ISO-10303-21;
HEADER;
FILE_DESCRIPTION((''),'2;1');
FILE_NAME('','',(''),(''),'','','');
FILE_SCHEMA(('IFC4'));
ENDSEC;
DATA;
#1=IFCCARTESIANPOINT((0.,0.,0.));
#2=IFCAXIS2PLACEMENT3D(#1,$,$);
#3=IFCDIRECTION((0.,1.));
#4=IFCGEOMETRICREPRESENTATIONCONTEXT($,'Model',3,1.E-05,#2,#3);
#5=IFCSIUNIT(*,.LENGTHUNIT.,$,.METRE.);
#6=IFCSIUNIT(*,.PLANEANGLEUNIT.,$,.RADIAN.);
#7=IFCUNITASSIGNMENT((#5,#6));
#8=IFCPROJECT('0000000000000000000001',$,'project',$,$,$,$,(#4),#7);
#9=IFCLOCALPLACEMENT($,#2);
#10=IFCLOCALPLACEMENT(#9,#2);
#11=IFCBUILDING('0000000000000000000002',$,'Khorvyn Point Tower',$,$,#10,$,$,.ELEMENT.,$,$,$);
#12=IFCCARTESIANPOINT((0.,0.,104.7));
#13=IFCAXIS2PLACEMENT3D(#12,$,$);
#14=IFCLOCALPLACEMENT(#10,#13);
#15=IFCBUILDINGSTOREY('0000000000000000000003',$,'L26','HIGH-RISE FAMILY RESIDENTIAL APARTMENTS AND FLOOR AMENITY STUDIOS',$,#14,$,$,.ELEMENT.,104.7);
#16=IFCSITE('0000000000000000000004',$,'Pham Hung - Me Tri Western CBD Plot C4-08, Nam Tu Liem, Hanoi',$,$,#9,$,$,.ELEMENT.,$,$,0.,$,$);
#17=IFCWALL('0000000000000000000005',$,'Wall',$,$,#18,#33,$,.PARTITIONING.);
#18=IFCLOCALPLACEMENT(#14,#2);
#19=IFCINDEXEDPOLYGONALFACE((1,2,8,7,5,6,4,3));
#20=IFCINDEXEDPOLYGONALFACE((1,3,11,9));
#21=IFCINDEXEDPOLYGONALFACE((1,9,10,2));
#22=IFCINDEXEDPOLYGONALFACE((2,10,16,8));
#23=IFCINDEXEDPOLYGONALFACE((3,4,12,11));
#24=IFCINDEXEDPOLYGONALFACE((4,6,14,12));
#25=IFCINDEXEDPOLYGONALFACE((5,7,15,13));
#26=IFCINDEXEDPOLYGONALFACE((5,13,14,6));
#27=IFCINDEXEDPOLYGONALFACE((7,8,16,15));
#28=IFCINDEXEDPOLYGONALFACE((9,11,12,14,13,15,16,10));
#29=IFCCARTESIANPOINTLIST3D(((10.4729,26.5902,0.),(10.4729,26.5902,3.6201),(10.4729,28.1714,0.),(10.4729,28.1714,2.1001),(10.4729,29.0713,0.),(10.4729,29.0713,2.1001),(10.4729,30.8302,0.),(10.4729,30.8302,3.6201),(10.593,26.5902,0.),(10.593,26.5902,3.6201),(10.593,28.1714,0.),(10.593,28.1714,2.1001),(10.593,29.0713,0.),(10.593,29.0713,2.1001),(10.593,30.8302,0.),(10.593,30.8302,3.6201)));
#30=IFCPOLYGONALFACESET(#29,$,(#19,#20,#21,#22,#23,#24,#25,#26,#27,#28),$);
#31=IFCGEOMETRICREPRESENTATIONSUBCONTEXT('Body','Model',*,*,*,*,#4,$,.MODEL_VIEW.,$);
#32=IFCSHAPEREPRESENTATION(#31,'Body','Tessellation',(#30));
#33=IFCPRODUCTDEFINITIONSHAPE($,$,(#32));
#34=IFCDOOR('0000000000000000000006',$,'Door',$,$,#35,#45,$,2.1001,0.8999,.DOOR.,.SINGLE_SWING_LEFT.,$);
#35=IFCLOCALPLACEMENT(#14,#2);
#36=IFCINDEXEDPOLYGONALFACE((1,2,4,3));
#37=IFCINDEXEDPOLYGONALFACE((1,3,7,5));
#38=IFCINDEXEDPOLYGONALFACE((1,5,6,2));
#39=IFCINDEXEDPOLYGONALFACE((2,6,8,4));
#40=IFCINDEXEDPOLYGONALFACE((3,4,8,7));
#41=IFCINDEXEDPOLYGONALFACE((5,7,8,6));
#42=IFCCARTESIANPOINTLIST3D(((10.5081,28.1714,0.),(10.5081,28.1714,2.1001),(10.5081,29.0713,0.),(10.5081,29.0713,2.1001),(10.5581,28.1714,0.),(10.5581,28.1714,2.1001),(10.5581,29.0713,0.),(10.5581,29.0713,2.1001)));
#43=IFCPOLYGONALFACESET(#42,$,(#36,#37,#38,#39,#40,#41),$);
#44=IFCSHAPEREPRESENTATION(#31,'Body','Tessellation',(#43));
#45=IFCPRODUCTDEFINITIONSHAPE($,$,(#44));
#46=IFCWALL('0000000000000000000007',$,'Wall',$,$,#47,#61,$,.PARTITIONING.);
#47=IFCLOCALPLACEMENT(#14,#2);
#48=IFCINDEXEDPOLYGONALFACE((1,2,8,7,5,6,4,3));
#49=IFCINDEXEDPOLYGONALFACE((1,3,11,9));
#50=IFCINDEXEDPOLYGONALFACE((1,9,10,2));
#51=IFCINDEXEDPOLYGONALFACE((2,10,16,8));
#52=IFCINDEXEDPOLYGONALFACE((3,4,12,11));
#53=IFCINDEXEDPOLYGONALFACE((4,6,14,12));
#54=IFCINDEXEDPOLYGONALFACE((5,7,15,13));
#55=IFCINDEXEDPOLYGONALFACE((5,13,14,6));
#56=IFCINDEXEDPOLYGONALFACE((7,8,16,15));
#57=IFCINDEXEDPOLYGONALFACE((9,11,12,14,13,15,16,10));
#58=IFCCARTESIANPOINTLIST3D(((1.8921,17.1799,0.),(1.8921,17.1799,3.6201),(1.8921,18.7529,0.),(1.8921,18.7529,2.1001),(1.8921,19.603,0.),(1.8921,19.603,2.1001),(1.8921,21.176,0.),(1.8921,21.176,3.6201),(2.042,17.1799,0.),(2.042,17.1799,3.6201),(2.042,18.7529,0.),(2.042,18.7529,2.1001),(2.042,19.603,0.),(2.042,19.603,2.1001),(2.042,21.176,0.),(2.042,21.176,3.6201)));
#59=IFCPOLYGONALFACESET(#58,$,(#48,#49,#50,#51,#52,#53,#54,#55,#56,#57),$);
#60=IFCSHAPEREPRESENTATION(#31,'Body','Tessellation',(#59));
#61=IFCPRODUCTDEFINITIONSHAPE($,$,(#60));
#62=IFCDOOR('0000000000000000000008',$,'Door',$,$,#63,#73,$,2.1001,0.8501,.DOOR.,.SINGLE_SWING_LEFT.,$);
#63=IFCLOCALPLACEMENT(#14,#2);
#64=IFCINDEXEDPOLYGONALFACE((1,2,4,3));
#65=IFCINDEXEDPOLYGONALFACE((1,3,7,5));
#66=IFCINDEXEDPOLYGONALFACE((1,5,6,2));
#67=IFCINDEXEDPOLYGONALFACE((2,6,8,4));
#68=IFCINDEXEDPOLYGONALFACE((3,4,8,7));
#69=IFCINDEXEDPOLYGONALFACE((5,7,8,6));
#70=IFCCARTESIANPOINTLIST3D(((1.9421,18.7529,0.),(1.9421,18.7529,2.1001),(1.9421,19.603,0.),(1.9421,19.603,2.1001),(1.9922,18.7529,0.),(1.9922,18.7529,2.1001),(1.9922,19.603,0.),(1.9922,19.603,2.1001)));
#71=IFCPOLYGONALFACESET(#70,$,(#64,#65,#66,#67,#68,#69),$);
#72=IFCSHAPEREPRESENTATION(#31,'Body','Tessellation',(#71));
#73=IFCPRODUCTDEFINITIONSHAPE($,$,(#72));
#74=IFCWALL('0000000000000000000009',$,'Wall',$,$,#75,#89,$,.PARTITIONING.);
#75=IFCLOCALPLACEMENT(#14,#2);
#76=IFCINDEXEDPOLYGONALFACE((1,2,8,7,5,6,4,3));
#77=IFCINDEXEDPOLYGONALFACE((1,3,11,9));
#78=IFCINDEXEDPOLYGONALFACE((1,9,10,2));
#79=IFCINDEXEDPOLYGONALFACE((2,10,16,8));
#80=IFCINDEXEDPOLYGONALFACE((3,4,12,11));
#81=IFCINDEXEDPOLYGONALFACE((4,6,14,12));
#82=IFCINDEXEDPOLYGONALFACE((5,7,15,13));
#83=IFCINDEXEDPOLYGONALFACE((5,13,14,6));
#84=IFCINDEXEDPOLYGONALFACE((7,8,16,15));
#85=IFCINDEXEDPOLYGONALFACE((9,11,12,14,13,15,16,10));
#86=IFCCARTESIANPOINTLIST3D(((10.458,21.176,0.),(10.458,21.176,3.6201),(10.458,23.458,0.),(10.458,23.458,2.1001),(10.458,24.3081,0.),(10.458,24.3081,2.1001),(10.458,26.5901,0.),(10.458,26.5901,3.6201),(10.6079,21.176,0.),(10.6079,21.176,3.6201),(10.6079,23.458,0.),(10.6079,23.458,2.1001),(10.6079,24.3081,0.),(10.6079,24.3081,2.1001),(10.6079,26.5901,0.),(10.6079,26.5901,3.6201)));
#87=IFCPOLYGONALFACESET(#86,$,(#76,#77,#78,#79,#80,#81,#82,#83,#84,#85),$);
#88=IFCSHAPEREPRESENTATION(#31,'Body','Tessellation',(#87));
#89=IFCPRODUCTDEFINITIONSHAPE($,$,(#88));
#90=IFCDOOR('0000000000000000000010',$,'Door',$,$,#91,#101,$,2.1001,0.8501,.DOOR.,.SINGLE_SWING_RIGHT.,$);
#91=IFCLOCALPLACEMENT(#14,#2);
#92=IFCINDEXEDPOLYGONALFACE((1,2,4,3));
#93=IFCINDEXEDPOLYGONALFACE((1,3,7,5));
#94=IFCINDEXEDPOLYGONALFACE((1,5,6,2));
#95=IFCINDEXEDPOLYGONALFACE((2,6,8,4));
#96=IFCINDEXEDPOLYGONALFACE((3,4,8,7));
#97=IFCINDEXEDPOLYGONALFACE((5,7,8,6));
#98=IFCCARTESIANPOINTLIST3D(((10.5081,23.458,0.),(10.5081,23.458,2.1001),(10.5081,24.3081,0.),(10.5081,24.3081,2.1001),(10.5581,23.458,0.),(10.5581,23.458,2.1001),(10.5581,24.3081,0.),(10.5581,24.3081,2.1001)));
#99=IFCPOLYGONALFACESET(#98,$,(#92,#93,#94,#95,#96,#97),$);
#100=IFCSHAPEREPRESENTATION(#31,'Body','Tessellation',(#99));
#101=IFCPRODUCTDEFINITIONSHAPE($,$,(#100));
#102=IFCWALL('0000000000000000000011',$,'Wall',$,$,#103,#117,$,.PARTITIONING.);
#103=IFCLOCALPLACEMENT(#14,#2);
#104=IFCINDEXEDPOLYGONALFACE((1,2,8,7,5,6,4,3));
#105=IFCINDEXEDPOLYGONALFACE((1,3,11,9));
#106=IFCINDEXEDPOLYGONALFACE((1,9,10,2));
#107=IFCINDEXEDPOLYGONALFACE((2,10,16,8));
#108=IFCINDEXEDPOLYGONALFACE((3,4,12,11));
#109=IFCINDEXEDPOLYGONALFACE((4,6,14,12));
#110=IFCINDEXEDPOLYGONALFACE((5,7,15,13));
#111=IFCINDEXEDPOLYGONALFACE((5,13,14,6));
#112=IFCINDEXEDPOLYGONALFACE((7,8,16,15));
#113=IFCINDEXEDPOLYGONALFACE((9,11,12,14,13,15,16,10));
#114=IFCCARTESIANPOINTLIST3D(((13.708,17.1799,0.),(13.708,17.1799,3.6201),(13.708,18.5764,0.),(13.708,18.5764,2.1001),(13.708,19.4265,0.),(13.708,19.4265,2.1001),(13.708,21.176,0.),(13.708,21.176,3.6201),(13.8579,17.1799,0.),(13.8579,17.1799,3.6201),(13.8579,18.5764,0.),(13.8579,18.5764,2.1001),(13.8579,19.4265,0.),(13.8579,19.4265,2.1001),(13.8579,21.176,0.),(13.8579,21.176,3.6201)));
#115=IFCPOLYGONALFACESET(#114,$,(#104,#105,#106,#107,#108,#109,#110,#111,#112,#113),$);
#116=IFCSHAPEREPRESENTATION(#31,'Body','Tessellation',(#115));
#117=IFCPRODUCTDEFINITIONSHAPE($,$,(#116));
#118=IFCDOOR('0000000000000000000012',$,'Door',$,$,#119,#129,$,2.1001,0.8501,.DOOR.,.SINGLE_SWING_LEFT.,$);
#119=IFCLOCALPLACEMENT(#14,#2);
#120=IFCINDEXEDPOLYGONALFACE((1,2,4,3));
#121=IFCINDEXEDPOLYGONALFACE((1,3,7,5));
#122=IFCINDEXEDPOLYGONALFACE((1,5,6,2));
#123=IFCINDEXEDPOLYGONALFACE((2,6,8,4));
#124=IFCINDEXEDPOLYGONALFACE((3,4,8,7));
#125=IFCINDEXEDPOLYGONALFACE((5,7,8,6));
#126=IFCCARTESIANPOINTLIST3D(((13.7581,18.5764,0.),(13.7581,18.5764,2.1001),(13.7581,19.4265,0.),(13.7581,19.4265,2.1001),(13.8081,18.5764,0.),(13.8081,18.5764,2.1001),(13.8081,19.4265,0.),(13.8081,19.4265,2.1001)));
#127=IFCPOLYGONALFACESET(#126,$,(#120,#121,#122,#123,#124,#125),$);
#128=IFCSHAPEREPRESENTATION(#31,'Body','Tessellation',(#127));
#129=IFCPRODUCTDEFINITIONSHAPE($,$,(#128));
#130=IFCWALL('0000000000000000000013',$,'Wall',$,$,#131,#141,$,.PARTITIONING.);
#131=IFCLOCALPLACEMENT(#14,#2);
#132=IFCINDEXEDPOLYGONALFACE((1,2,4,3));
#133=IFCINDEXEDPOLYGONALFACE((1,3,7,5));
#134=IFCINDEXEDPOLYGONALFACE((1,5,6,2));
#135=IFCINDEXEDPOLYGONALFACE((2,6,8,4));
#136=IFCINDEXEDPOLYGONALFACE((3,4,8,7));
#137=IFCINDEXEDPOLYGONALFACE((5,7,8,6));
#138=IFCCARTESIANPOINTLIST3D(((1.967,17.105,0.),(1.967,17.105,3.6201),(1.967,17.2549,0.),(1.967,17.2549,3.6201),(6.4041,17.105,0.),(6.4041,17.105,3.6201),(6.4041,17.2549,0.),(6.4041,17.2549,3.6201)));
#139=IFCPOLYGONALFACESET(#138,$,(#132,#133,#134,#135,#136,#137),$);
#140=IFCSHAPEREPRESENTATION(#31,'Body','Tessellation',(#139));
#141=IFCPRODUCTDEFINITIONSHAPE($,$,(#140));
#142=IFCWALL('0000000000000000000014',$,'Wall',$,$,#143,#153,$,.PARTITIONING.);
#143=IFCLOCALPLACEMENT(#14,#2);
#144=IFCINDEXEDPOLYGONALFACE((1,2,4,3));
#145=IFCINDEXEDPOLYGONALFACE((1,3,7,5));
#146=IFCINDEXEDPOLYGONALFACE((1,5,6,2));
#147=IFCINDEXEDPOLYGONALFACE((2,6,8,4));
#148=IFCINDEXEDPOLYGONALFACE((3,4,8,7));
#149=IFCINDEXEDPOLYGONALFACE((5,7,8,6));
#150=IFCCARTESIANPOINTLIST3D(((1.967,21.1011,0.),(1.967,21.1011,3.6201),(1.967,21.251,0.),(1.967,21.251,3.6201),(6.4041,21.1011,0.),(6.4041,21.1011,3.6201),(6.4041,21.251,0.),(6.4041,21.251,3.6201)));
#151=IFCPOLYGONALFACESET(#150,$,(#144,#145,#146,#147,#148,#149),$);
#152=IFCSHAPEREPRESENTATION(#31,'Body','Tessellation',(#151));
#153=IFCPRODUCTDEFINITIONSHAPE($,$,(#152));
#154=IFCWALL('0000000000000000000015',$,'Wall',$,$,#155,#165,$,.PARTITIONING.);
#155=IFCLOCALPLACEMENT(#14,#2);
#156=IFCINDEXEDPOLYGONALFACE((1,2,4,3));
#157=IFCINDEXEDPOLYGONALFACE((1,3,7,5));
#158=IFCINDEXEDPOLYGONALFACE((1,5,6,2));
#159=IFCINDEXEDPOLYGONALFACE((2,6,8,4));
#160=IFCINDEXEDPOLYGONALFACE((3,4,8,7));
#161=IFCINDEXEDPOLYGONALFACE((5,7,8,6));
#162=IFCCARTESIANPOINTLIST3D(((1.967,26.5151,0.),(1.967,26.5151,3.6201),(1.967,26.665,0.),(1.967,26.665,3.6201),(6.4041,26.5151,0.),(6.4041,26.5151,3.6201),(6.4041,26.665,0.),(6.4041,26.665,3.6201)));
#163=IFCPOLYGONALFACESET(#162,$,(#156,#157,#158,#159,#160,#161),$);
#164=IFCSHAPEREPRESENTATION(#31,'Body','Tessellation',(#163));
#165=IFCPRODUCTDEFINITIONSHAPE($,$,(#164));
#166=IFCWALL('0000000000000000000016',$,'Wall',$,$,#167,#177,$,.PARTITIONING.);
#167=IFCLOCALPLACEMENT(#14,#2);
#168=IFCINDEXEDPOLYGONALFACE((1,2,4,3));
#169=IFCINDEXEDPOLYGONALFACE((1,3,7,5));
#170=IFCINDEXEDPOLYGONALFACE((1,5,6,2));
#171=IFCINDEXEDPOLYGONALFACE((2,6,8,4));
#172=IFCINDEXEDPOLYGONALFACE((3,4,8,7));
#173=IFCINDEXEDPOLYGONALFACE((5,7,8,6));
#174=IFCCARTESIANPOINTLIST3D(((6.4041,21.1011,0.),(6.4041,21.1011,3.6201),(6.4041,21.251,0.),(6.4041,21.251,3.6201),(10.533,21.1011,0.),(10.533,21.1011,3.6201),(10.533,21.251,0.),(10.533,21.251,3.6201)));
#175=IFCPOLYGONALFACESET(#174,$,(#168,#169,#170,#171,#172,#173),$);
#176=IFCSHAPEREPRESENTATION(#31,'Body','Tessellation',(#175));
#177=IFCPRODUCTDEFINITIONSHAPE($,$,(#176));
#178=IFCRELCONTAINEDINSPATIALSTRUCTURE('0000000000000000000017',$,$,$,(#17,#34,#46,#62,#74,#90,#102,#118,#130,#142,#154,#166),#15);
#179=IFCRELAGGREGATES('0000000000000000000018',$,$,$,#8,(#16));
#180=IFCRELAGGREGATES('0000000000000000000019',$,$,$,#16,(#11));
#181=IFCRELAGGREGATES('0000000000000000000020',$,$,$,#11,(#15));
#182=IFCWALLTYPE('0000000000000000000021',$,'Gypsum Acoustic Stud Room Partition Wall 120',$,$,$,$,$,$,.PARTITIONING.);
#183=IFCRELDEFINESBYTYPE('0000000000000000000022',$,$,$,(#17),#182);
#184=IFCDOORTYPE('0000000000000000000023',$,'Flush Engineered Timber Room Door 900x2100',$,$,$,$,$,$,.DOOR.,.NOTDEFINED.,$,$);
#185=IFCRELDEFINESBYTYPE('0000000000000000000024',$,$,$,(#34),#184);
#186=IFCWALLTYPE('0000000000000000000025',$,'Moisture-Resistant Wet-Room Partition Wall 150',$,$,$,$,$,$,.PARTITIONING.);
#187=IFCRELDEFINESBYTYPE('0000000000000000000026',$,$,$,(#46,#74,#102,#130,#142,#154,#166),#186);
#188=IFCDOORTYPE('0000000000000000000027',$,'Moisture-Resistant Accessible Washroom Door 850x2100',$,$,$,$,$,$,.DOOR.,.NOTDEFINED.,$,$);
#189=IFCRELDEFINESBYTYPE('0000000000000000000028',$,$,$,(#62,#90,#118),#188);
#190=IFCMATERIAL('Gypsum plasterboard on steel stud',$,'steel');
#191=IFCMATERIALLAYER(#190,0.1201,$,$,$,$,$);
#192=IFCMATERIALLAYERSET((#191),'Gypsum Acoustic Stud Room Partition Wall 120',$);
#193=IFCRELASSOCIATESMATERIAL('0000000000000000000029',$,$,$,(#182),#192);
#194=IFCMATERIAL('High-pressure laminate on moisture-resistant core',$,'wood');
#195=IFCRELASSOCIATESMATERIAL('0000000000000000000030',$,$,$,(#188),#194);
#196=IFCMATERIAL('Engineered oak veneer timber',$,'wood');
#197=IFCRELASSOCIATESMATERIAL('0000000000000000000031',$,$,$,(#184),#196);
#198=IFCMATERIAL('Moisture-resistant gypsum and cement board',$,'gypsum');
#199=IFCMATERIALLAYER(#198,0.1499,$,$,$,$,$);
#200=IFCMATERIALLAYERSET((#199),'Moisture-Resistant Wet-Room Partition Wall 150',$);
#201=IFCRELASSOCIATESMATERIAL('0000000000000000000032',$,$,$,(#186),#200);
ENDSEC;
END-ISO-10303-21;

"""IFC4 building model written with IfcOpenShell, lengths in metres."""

from ifc_helpers import new_model, si_unit, direction, frame, frame_2d, origin, place, context, subcontext, project, spatial, rectangle, extrude, material, layer, layer_set, type_object, element, fill, save


model = new_model("IFC4")

# Units and contexts
model_context = context("Model", 3, precision=1e-05, world=origin(), true_north=direction((0.0, 1.0)))
body_context = subcontext(model_context, "Body", "Model", "MODEL_VIEW")
ifc_project = project(units=[si_unit("LENGTHUNIT", "METRE"), si_unit("PLANEANGLEUNIT", "RADIAN")], contexts=[model_context])

# Site, building, storey
site_placement = place(None, origin())
site = spatial("IfcSite", under=ifc_project, at=site_placement, Name="Pham Hung - Me Tri Western CBD Plot C4-08, Nam Tu Liem, Hanoi", CompositionType="ELEMENT", RefElevation=0.0)
building_placement = place(site_placement, origin())
building = spatial("IfcBuilding", under=site, at=building_placement, Name="Khorvyn Point Tower", CompositionType="ELEMENT")
storey_placement = place(building_placement, frame((0.0, 0.0, 104.7)))
storey = spatial("IfcBuildingStorey", under=building, at=storey_placement, Name="L26", Description="HIGH-RISE FAMILY RESIDENTIAL APARTMENTS AND FLOOR AMENITY STUDIOS", CompositionType="ELEMENT", Elevation=104.7)

# Walls, openings, doors
ifc_material_1 = material(Name="Gypsum plasterboard on steel stud", Category="steel")
ifc_layer_1 = layer(ifc_material_1, 0.1201)
ifc_layer_set_1 = layer_set([ifc_layer_1], Name="Gypsum Acoustic Stud Room Partition Wall 120")
wall_type_1 = type_object("IfcWallType", Name="Gypsum Acoustic Stud Room Partition Wall 120", PredefinedType="PARTITIONING", material=ifc_layer_set_1)
ifc_material_2 = material(Name="High-pressure laminate on moisture-resistant core", Category="wood")
door_type_1 = type_object("IfcDoorType", Name="Moisture-Resistant Accessible Washroom Door 850x2100", OperationType="NOTDEFINED", PredefinedType="DOOR", material=ifc_material_2)
ifc_material_3 = material(Name="Engineered oak veneer timber", Category="wood")
door_type_2 = type_object("IfcDoorType", Name="Flush Engineered Timber Room Door 900x2100", OperationType="NOTDEFINED", PredefinedType="DOOR", material=ifc_material_3)
wall_1_placement = place(storey_placement, frame((10.533, 26.5901, 0.0), z_axis=(0.0, 0.0, 1.0), x_axis=(0.0, 1.0, 0.0)))
wall_1 = element("IfcWall", 1, at=wall_1_placement, inside=storey, type_object=wall_type_1, Name="Wall", PredefinedType="PARTITIONING", context=body_context, shape_type="SweptSolid", body=[
    extrude(rectangle(XDim=4.24, YDim=0.1201, at=frame_2d((2.1201, 0.0))), origin(), (0.0, 0.0, 1.0), 3.6201),
])
opening_1_placement = place(wall_1_placement, frame((1.5813, 0.0, 0.0)))
opening_1 = element("IfcOpeningElement", 2, at=opening_1_placement, cuts=wall_1, PredefinedType="OPENING", context=body_context, shape_type="SweptSolid", body=[
    extrude(rectangle(XDim=0.8999, YDim=2.1001, at=frame_2d((0.45, 1.05))), frame((0.0, 0.0701, 0.0), z_axis=(0.0, -1.0, 0.0), x_axis=(1.0, 0.0, 0.0)), (0.0, 0.0, 1.0), 0.1401),
])
door_1_placement = place(opening_1_placement, origin())
door_1 = element("IfcDoor", 3, at=door_1_placement, inside=storey, type_object=door_type_2, Name="Door", OperationType="SINGLE_SWING_LEFT", OverallHeight=2.1001, OverallWidth=0.8999, PredefinedType="DOOR", context=body_context, shape_type="SweptSolid", body=[
    extrude(rectangle(XDim=0.8999, YDim=2.1001, at=frame_2d((0.45, 1.05))), frame((0.0, 0.0249, 0.0), z_axis=(0.0, -1.0, 0.0), x_axis=(1.0, 0.0, 0.0)), (0.0, 0.0, 1.0), 0.05),
])
fill(opening_1, door_1)
ifc_material_4 = material(Name="Moisture-resistant gypsum and cement board", Category="gypsum")
ifc_layer_2 = layer(ifc_material_4, 0.1499)
ifc_layer_set_2 = layer_set([ifc_layer_2], Name="Moisture-Resistant Wet-Room Partition Wall 150")
wall_type_2 = type_object("IfcWallType", Name="Moisture-Resistant Wet-Room Partition Wall 150", PredefinedType="PARTITIONING", material=ifc_layer_set_2)
wall_2_placement = place(storey_placement, frame((1.967, 17.1799, 0.0), z_axis=(0.0, 0.0, 1.0), x_axis=(0.0, 1.0, 0.0)))
wall_2 = element("IfcWall", 4, at=wall_2_placement, inside=storey, type_object=wall_type_2, Name="Wall", PredefinedType="PARTITIONING", context=body_context, shape_type="SweptSolid", body=[
    extrude(rectangle(XDim=3.9961, YDim=0.1499, at=frame_2d((1.998, 0.0))), origin(), (0.0, 0.0, 1.0), 3.6201),
])
opening_2_placement = place(wall_2_placement, frame((1.573, 0.0, 0.0)))
opening_2 = element("IfcOpeningElement", 5, at=opening_2_placement, cuts=wall_2, PredefinedType="OPENING", context=body_context, shape_type="SweptSolid", body=[
    extrude(rectangle(XDim=0.8501, YDim=2.1001, at=frame_2d((0.425, 1.05))), frame((0.0, 0.085, 0.0), z_axis=(0.0, -1.0, 0.0), x_axis=(1.0, 0.0, 0.0)), (0.0, 0.0, 1.0), 0.1699),
])
door_2_placement = place(opening_2_placement, origin())
door_2 = element("IfcDoor", 6, at=door_2_placement, inside=storey, type_object=door_type_1, Name="Door", OperationType="SINGLE_SWING_LEFT", OverallHeight=2.1001, OverallWidth=0.8501, PredefinedType="DOOR", context=body_context, shape_type="SweptSolid", body=[
    extrude(rectangle(XDim=0.8501, YDim=2.1001, at=frame_2d((0.425, 1.05))), frame((0.0, 0.0249, 0.0), z_axis=(0.0, -1.0, 0.0), x_axis=(1.0, 0.0, 0.0)), (0.0, 0.0, 1.0), 0.05),
])
fill(opening_2, door_2)
wall_3_placement = place(storey_placement, frame((10.533, 21.176, 0.0), z_axis=(0.0, 0.0, 1.0), x_axis=(0.0, 1.0, 0.0)))
wall_3 = element("IfcWall", 7, at=wall_3_placement, inside=storey, type_object=wall_type_2, Name="Wall", PredefinedType="PARTITIONING", context=body_context, shape_type="SweptSolid", body=[
    extrude(rectangle(XDim=5.4141, YDim=0.1499, at=frame_2d((2.707, 0.0))), origin(), (0.0, 0.0, 1.0), 3.6201),
])
opening_3_placement = place(wall_3_placement, frame((2.282, 0.0, 0.0)))
opening_3 = element("IfcOpeningElement", 8, at=opening_3_placement, cuts=wall_3, PredefinedType="OPENING", context=body_context, shape_type="SweptSolid", body=[
    extrude(rectangle(XDim=0.8501, YDim=2.1001, at=frame_2d((0.425, 1.05))), frame((0.0, 0.085, 0.0), z_axis=(0.0, -1.0, 0.0), x_axis=(1.0, 0.0, 0.0)), (0.0, 0.0, 1.0), 0.1699),
])
door_3_placement = place(opening_3_placement, origin())
door_3 = element("IfcDoor", 9, at=door_3_placement, inside=storey, type_object=door_type_1, Name="Door", OperationType="SINGLE_SWING_RIGHT", OverallHeight=2.1001, OverallWidth=0.8501, PredefinedType="DOOR", context=body_context, shape_type="SweptSolid", body=[
    extrude(rectangle(XDim=0.8501, YDim=2.1001, at=frame_2d((0.425, 1.05))), frame((0.0, 0.0249, 0.0), z_axis=(0.0, -1.0, 0.0), x_axis=(1.0, 0.0, 0.0)), (0.0, 0.0, 1.0), 0.05),
])
fill(opening_3, door_3)
wall_4_placement = place(storey_placement, frame((13.783, 17.1799, 0.0), z_axis=(0.0, 0.0, 1.0), x_axis=(0.0, 1.0, 0.0)))
wall_4 = element("IfcWall", 10, at=wall_4_placement, inside=storey, type_object=wall_type_2, Name="Wall", PredefinedType="PARTITIONING", context=body_context, shape_type="SweptSolid", body=[
    extrude(rectangle(XDim=3.9961, YDim=0.1499, at=frame_2d((1.998, 0.0))), origin(), (0.0, 0.0, 1.0), 3.6201),
])
opening_4_placement = place(wall_4_placement, frame((1.3965, 0.0, 0.0)))
opening_4 = element("IfcOpeningElement", 11, at=opening_4_placement, cuts=wall_4, PredefinedType="OPENING", context=body_context, shape_type="SweptSolid", body=[
    extrude(rectangle(XDim=0.8501, YDim=2.1001, at=frame_2d((0.425, 1.05))), frame((0.0, 0.085, 0.0), z_axis=(0.0, -1.0, 0.0), x_axis=(1.0, 0.0, 0.0)), (0.0, 0.0, 1.0), 0.1699),
])
door_4_placement = place(opening_4_placement, origin())
door_4 = element("IfcDoor", 12, at=door_4_placement, inside=storey, type_object=door_type_1, Name="Door", OperationType="SINGLE_SWING_LEFT", OverallHeight=2.1001, OverallWidth=0.8501, PredefinedType="DOOR", context=body_context, shape_type="SweptSolid", body=[
    extrude(rectangle(XDim=0.8501, YDim=2.1001, at=frame_2d((0.425, 1.05))), frame((0.0, 0.0249, 0.0), z_axis=(0.0, -1.0, 0.0), x_axis=(1.0, 0.0, 0.0)), (0.0, 0.0, 1.0), 0.05),
])
fill(opening_4, door_4)

# Walls
for number, where, z_axis, x_axis, name in (
    (13, (1.967, 17.1799, 0.0), (0.0, 0.0, 1.0), (1.0, 0.0, 0.0), "Wall"),
    (14, (1.967, 21.176, 0.0), (0.0, 0.0, 1.0), (1.0, 0.0, 0.0), "Wall"),
    (15, (1.967, 26.5901, 0.0), (0.0, 0.0, 1.0), (1.0, 0.0, 0.0), "Wall"),
):
    element("IfcWall", number, at=place(storey_placement, frame(where, z_axis=z_axis, x_axis=x_axis)), inside=storey, type_object=wall_type_2, Name=name, PredefinedType="PARTITIONING", context=body_context, shape_type="SweptSolid", body=[
        extrude(rectangle(XDim=4.437, YDim=0.1499, at=frame_2d((2.2185, 0.0))), origin(), (0.0, 0.0, 1.0), 3.6201),
    ])
for number, where, z_axis, x_axis, name in (
    (16, (6.4041, 21.176, 0.0), (0.0, 0.0, 1.0), (1.0, 0.0, 0.0), "Wall"),
):
    element("IfcWall", number, at=place(storey_placement, frame(where, z_axis=z_axis, x_axis=x_axis)), inside=storey, type_object=wall_type_2, Name=name, PredefinedType="PARTITIONING", context=body_context, shape_type="SweptSolid", body=[
        extrude(rectangle(XDim=4.1289, YDim=0.1499, at=frame_2d((2.0645, 0.0))), origin(), (0.0, 0.0, 1.0), 3.6201),
    ])

save(model, "model.ifc")
